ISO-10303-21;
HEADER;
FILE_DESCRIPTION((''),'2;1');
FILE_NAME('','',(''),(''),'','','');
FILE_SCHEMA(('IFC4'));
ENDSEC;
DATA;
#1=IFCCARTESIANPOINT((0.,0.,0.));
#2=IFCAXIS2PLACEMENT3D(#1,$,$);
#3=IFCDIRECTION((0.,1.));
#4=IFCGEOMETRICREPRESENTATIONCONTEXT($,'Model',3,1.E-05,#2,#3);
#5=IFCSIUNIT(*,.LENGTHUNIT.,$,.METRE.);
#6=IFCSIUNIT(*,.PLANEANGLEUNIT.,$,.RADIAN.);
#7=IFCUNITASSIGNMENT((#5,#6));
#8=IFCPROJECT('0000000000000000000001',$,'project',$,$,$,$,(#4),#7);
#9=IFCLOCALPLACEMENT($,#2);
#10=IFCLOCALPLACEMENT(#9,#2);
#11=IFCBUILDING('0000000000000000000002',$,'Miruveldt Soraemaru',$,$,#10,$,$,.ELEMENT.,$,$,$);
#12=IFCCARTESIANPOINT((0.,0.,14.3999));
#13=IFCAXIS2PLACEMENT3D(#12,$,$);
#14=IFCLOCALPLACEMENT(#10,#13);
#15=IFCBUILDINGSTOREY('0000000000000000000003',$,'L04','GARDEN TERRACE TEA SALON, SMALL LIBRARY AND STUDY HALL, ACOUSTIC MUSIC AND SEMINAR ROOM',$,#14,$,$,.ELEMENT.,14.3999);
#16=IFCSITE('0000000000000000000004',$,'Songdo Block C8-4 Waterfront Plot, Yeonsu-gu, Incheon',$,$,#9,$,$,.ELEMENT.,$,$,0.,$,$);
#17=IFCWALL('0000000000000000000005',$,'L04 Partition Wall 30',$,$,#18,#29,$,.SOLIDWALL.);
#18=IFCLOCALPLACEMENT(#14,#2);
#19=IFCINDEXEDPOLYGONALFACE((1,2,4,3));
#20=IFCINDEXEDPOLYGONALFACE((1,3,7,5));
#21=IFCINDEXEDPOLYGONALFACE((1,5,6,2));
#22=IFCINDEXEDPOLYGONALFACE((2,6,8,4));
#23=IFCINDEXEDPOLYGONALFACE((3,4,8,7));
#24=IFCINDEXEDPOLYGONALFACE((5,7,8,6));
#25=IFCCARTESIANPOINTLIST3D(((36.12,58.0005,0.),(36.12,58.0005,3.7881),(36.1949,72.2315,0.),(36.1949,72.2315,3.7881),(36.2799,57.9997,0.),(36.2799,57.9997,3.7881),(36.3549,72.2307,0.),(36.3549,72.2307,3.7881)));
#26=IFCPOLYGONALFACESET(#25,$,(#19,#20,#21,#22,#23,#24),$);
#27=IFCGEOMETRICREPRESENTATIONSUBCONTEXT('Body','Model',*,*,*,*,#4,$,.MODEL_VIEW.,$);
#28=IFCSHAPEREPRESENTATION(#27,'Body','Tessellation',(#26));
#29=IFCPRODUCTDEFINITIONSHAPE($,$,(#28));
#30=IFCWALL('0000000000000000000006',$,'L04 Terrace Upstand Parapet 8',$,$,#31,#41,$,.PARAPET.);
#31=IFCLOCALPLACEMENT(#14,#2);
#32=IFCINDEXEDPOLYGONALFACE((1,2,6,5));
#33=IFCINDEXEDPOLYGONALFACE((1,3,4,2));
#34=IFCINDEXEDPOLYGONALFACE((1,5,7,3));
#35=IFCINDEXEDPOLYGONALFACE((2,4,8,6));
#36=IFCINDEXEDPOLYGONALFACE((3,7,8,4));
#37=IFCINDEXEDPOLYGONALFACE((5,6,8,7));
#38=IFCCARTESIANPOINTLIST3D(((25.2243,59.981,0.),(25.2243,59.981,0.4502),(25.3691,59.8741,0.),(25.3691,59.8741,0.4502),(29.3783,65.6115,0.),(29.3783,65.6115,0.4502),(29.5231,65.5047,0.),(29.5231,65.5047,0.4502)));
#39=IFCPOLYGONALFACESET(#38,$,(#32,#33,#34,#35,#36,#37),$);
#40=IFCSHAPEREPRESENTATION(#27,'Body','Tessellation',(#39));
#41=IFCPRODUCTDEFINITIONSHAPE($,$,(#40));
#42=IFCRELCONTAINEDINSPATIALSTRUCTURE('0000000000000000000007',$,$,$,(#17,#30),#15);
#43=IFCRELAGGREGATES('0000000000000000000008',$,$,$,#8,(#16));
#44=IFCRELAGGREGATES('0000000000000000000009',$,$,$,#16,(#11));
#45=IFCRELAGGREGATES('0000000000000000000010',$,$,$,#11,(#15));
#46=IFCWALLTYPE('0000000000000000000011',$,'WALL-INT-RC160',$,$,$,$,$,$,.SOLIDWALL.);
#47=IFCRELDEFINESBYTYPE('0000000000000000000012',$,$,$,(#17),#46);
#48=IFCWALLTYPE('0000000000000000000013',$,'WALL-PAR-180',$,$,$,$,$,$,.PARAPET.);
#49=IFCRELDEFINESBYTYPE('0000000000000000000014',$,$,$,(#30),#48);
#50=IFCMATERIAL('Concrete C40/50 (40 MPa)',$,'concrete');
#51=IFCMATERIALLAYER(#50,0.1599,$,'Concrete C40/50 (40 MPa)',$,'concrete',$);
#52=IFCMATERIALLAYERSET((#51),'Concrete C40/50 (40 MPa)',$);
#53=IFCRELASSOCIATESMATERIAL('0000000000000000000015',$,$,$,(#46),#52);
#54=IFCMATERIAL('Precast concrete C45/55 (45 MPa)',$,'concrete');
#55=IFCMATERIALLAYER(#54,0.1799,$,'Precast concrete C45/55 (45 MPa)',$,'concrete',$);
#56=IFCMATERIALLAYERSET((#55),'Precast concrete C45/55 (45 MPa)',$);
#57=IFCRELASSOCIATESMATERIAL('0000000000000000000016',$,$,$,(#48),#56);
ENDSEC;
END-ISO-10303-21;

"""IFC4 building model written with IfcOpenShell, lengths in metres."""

from ifc_helpers import new_model, si_unit, direction, frame, frame_2d, origin, place, context, subcontext, project, spatial, rectangle, extrude, material, layer, layer_set, type_object, element, save


model = new_model("IFC4")

# Units and contexts
model_context = context("Model", 3, precision=1e-05, world=origin(), true_north=direction((0.0, 1.0)))
body_context = subcontext(model_context, "Body", "Model", "MODEL_VIEW")
ifc_project = project(units=[si_unit("LENGTHUNIT", "METRE"), si_unit("PLANEANGLEUNIT", "RADIAN")], contexts=[model_context])

# Site, building, storey
site_placement = place(None, origin())
site = spatial("IfcSite", under=ifc_project, at=site_placement, Name="Songdo Block C8-4 Waterfront Plot, Yeonsu-gu, Incheon", CompositionType="ELEMENT", RefElevation=0.0)
building_placement = place(site_placement, origin())
building = spatial("IfcBuilding", under=site, at=building_placement, Name="Miruveldt Soraemaru", CompositionType="ELEMENT")
storey_placement = place(building_placement, frame((0.0, 0.0, 14.3999)))
storey = spatial("IfcBuildingStorey", under=building, at=storey_placement, Name="L04", Description="GARDEN TERRACE TEA SALON, SMALL LIBRARY AND STUDY HALL, ACOUSTIC MUSIC AND SEMINAR ROOM", CompositionType="ELEMENT", Elevation=14.3999)

# Shared definitions
ifc_material_1 = material(Name="Precast concrete C45/55 (45 MPa)", Category="concrete")

# Walls
ifc_material_2 = material(Name="Concrete C40/50 (40 MPa)", Category="concrete")
ifc_layer_1 = layer(ifc_material_2, 0.1599, Name="Concrete C40/50 (40 MPa)", Category="concrete")
ifc_layer_set_1 = layer_set([ifc_layer_1], Name="Concrete C40/50 (40 MPa)")
wall_type_1 = type_object("IfcWallType", Name="WALL-INT-RC160", PredefinedType="SOLIDWALL", material=ifc_layer_set_1)
wall_1_placement = place(storey_placement, frame((36.2, 58.0, 0.0), z_axis=(0.0, 0.0, 1.0), x_axis=(0.005267, 0.999986, 0.0)))
element("IfcWall", 1, at=wall_1_placement, inside=storey, type_object=wall_type_1, Name="L04 Partition Wall 30", PredefinedType="SOLIDWALL", context=body_context, shape_type="SweptSolid", body=[
    extrude(rectangle(XDim=14.2312, YDim=0.1599, at=frame_2d((7.1157, 0.0))), origin(), (0.0, 0.0, 1.0), 3.7881),
])
ifc_layer_2 = layer(ifc_material_1, 0.1799, Name="Precast concrete C45/55 (45 MPa)", Category="concrete")
ifc_layer_set_2 = layer_set([ifc_layer_2], Name="Precast concrete C45/55 (45 MPa)")
wall_type_2 = type_object("IfcWallType", Name="WALL-PAR-180", PredefinedType="PARAPET", material=ifc_layer_set_2)
wall_2_placement = place(storey_placement, frame((29.4507, 65.5581, 0.0), z_axis=(0.0, 0.0, 1.0), x_axis=(-0.593679, -0.804702, 0.0)))
element("IfcWall", 2, at=wall_2_placement, inside=storey, type_object=wall_type_2, Name="L04 Terrace Upstand Parapet 8", PredefinedType="PARAPET", context=body_context, shape_type="SweptSolid", body=[
    extrude(rectangle(XDim=6.9971, YDim=0.1799, at=frame_2d((3.4985, 0.0))), origin(), (0.0, 0.0, 1.0), 0.4502),
])

save(model, "model.ifc")
